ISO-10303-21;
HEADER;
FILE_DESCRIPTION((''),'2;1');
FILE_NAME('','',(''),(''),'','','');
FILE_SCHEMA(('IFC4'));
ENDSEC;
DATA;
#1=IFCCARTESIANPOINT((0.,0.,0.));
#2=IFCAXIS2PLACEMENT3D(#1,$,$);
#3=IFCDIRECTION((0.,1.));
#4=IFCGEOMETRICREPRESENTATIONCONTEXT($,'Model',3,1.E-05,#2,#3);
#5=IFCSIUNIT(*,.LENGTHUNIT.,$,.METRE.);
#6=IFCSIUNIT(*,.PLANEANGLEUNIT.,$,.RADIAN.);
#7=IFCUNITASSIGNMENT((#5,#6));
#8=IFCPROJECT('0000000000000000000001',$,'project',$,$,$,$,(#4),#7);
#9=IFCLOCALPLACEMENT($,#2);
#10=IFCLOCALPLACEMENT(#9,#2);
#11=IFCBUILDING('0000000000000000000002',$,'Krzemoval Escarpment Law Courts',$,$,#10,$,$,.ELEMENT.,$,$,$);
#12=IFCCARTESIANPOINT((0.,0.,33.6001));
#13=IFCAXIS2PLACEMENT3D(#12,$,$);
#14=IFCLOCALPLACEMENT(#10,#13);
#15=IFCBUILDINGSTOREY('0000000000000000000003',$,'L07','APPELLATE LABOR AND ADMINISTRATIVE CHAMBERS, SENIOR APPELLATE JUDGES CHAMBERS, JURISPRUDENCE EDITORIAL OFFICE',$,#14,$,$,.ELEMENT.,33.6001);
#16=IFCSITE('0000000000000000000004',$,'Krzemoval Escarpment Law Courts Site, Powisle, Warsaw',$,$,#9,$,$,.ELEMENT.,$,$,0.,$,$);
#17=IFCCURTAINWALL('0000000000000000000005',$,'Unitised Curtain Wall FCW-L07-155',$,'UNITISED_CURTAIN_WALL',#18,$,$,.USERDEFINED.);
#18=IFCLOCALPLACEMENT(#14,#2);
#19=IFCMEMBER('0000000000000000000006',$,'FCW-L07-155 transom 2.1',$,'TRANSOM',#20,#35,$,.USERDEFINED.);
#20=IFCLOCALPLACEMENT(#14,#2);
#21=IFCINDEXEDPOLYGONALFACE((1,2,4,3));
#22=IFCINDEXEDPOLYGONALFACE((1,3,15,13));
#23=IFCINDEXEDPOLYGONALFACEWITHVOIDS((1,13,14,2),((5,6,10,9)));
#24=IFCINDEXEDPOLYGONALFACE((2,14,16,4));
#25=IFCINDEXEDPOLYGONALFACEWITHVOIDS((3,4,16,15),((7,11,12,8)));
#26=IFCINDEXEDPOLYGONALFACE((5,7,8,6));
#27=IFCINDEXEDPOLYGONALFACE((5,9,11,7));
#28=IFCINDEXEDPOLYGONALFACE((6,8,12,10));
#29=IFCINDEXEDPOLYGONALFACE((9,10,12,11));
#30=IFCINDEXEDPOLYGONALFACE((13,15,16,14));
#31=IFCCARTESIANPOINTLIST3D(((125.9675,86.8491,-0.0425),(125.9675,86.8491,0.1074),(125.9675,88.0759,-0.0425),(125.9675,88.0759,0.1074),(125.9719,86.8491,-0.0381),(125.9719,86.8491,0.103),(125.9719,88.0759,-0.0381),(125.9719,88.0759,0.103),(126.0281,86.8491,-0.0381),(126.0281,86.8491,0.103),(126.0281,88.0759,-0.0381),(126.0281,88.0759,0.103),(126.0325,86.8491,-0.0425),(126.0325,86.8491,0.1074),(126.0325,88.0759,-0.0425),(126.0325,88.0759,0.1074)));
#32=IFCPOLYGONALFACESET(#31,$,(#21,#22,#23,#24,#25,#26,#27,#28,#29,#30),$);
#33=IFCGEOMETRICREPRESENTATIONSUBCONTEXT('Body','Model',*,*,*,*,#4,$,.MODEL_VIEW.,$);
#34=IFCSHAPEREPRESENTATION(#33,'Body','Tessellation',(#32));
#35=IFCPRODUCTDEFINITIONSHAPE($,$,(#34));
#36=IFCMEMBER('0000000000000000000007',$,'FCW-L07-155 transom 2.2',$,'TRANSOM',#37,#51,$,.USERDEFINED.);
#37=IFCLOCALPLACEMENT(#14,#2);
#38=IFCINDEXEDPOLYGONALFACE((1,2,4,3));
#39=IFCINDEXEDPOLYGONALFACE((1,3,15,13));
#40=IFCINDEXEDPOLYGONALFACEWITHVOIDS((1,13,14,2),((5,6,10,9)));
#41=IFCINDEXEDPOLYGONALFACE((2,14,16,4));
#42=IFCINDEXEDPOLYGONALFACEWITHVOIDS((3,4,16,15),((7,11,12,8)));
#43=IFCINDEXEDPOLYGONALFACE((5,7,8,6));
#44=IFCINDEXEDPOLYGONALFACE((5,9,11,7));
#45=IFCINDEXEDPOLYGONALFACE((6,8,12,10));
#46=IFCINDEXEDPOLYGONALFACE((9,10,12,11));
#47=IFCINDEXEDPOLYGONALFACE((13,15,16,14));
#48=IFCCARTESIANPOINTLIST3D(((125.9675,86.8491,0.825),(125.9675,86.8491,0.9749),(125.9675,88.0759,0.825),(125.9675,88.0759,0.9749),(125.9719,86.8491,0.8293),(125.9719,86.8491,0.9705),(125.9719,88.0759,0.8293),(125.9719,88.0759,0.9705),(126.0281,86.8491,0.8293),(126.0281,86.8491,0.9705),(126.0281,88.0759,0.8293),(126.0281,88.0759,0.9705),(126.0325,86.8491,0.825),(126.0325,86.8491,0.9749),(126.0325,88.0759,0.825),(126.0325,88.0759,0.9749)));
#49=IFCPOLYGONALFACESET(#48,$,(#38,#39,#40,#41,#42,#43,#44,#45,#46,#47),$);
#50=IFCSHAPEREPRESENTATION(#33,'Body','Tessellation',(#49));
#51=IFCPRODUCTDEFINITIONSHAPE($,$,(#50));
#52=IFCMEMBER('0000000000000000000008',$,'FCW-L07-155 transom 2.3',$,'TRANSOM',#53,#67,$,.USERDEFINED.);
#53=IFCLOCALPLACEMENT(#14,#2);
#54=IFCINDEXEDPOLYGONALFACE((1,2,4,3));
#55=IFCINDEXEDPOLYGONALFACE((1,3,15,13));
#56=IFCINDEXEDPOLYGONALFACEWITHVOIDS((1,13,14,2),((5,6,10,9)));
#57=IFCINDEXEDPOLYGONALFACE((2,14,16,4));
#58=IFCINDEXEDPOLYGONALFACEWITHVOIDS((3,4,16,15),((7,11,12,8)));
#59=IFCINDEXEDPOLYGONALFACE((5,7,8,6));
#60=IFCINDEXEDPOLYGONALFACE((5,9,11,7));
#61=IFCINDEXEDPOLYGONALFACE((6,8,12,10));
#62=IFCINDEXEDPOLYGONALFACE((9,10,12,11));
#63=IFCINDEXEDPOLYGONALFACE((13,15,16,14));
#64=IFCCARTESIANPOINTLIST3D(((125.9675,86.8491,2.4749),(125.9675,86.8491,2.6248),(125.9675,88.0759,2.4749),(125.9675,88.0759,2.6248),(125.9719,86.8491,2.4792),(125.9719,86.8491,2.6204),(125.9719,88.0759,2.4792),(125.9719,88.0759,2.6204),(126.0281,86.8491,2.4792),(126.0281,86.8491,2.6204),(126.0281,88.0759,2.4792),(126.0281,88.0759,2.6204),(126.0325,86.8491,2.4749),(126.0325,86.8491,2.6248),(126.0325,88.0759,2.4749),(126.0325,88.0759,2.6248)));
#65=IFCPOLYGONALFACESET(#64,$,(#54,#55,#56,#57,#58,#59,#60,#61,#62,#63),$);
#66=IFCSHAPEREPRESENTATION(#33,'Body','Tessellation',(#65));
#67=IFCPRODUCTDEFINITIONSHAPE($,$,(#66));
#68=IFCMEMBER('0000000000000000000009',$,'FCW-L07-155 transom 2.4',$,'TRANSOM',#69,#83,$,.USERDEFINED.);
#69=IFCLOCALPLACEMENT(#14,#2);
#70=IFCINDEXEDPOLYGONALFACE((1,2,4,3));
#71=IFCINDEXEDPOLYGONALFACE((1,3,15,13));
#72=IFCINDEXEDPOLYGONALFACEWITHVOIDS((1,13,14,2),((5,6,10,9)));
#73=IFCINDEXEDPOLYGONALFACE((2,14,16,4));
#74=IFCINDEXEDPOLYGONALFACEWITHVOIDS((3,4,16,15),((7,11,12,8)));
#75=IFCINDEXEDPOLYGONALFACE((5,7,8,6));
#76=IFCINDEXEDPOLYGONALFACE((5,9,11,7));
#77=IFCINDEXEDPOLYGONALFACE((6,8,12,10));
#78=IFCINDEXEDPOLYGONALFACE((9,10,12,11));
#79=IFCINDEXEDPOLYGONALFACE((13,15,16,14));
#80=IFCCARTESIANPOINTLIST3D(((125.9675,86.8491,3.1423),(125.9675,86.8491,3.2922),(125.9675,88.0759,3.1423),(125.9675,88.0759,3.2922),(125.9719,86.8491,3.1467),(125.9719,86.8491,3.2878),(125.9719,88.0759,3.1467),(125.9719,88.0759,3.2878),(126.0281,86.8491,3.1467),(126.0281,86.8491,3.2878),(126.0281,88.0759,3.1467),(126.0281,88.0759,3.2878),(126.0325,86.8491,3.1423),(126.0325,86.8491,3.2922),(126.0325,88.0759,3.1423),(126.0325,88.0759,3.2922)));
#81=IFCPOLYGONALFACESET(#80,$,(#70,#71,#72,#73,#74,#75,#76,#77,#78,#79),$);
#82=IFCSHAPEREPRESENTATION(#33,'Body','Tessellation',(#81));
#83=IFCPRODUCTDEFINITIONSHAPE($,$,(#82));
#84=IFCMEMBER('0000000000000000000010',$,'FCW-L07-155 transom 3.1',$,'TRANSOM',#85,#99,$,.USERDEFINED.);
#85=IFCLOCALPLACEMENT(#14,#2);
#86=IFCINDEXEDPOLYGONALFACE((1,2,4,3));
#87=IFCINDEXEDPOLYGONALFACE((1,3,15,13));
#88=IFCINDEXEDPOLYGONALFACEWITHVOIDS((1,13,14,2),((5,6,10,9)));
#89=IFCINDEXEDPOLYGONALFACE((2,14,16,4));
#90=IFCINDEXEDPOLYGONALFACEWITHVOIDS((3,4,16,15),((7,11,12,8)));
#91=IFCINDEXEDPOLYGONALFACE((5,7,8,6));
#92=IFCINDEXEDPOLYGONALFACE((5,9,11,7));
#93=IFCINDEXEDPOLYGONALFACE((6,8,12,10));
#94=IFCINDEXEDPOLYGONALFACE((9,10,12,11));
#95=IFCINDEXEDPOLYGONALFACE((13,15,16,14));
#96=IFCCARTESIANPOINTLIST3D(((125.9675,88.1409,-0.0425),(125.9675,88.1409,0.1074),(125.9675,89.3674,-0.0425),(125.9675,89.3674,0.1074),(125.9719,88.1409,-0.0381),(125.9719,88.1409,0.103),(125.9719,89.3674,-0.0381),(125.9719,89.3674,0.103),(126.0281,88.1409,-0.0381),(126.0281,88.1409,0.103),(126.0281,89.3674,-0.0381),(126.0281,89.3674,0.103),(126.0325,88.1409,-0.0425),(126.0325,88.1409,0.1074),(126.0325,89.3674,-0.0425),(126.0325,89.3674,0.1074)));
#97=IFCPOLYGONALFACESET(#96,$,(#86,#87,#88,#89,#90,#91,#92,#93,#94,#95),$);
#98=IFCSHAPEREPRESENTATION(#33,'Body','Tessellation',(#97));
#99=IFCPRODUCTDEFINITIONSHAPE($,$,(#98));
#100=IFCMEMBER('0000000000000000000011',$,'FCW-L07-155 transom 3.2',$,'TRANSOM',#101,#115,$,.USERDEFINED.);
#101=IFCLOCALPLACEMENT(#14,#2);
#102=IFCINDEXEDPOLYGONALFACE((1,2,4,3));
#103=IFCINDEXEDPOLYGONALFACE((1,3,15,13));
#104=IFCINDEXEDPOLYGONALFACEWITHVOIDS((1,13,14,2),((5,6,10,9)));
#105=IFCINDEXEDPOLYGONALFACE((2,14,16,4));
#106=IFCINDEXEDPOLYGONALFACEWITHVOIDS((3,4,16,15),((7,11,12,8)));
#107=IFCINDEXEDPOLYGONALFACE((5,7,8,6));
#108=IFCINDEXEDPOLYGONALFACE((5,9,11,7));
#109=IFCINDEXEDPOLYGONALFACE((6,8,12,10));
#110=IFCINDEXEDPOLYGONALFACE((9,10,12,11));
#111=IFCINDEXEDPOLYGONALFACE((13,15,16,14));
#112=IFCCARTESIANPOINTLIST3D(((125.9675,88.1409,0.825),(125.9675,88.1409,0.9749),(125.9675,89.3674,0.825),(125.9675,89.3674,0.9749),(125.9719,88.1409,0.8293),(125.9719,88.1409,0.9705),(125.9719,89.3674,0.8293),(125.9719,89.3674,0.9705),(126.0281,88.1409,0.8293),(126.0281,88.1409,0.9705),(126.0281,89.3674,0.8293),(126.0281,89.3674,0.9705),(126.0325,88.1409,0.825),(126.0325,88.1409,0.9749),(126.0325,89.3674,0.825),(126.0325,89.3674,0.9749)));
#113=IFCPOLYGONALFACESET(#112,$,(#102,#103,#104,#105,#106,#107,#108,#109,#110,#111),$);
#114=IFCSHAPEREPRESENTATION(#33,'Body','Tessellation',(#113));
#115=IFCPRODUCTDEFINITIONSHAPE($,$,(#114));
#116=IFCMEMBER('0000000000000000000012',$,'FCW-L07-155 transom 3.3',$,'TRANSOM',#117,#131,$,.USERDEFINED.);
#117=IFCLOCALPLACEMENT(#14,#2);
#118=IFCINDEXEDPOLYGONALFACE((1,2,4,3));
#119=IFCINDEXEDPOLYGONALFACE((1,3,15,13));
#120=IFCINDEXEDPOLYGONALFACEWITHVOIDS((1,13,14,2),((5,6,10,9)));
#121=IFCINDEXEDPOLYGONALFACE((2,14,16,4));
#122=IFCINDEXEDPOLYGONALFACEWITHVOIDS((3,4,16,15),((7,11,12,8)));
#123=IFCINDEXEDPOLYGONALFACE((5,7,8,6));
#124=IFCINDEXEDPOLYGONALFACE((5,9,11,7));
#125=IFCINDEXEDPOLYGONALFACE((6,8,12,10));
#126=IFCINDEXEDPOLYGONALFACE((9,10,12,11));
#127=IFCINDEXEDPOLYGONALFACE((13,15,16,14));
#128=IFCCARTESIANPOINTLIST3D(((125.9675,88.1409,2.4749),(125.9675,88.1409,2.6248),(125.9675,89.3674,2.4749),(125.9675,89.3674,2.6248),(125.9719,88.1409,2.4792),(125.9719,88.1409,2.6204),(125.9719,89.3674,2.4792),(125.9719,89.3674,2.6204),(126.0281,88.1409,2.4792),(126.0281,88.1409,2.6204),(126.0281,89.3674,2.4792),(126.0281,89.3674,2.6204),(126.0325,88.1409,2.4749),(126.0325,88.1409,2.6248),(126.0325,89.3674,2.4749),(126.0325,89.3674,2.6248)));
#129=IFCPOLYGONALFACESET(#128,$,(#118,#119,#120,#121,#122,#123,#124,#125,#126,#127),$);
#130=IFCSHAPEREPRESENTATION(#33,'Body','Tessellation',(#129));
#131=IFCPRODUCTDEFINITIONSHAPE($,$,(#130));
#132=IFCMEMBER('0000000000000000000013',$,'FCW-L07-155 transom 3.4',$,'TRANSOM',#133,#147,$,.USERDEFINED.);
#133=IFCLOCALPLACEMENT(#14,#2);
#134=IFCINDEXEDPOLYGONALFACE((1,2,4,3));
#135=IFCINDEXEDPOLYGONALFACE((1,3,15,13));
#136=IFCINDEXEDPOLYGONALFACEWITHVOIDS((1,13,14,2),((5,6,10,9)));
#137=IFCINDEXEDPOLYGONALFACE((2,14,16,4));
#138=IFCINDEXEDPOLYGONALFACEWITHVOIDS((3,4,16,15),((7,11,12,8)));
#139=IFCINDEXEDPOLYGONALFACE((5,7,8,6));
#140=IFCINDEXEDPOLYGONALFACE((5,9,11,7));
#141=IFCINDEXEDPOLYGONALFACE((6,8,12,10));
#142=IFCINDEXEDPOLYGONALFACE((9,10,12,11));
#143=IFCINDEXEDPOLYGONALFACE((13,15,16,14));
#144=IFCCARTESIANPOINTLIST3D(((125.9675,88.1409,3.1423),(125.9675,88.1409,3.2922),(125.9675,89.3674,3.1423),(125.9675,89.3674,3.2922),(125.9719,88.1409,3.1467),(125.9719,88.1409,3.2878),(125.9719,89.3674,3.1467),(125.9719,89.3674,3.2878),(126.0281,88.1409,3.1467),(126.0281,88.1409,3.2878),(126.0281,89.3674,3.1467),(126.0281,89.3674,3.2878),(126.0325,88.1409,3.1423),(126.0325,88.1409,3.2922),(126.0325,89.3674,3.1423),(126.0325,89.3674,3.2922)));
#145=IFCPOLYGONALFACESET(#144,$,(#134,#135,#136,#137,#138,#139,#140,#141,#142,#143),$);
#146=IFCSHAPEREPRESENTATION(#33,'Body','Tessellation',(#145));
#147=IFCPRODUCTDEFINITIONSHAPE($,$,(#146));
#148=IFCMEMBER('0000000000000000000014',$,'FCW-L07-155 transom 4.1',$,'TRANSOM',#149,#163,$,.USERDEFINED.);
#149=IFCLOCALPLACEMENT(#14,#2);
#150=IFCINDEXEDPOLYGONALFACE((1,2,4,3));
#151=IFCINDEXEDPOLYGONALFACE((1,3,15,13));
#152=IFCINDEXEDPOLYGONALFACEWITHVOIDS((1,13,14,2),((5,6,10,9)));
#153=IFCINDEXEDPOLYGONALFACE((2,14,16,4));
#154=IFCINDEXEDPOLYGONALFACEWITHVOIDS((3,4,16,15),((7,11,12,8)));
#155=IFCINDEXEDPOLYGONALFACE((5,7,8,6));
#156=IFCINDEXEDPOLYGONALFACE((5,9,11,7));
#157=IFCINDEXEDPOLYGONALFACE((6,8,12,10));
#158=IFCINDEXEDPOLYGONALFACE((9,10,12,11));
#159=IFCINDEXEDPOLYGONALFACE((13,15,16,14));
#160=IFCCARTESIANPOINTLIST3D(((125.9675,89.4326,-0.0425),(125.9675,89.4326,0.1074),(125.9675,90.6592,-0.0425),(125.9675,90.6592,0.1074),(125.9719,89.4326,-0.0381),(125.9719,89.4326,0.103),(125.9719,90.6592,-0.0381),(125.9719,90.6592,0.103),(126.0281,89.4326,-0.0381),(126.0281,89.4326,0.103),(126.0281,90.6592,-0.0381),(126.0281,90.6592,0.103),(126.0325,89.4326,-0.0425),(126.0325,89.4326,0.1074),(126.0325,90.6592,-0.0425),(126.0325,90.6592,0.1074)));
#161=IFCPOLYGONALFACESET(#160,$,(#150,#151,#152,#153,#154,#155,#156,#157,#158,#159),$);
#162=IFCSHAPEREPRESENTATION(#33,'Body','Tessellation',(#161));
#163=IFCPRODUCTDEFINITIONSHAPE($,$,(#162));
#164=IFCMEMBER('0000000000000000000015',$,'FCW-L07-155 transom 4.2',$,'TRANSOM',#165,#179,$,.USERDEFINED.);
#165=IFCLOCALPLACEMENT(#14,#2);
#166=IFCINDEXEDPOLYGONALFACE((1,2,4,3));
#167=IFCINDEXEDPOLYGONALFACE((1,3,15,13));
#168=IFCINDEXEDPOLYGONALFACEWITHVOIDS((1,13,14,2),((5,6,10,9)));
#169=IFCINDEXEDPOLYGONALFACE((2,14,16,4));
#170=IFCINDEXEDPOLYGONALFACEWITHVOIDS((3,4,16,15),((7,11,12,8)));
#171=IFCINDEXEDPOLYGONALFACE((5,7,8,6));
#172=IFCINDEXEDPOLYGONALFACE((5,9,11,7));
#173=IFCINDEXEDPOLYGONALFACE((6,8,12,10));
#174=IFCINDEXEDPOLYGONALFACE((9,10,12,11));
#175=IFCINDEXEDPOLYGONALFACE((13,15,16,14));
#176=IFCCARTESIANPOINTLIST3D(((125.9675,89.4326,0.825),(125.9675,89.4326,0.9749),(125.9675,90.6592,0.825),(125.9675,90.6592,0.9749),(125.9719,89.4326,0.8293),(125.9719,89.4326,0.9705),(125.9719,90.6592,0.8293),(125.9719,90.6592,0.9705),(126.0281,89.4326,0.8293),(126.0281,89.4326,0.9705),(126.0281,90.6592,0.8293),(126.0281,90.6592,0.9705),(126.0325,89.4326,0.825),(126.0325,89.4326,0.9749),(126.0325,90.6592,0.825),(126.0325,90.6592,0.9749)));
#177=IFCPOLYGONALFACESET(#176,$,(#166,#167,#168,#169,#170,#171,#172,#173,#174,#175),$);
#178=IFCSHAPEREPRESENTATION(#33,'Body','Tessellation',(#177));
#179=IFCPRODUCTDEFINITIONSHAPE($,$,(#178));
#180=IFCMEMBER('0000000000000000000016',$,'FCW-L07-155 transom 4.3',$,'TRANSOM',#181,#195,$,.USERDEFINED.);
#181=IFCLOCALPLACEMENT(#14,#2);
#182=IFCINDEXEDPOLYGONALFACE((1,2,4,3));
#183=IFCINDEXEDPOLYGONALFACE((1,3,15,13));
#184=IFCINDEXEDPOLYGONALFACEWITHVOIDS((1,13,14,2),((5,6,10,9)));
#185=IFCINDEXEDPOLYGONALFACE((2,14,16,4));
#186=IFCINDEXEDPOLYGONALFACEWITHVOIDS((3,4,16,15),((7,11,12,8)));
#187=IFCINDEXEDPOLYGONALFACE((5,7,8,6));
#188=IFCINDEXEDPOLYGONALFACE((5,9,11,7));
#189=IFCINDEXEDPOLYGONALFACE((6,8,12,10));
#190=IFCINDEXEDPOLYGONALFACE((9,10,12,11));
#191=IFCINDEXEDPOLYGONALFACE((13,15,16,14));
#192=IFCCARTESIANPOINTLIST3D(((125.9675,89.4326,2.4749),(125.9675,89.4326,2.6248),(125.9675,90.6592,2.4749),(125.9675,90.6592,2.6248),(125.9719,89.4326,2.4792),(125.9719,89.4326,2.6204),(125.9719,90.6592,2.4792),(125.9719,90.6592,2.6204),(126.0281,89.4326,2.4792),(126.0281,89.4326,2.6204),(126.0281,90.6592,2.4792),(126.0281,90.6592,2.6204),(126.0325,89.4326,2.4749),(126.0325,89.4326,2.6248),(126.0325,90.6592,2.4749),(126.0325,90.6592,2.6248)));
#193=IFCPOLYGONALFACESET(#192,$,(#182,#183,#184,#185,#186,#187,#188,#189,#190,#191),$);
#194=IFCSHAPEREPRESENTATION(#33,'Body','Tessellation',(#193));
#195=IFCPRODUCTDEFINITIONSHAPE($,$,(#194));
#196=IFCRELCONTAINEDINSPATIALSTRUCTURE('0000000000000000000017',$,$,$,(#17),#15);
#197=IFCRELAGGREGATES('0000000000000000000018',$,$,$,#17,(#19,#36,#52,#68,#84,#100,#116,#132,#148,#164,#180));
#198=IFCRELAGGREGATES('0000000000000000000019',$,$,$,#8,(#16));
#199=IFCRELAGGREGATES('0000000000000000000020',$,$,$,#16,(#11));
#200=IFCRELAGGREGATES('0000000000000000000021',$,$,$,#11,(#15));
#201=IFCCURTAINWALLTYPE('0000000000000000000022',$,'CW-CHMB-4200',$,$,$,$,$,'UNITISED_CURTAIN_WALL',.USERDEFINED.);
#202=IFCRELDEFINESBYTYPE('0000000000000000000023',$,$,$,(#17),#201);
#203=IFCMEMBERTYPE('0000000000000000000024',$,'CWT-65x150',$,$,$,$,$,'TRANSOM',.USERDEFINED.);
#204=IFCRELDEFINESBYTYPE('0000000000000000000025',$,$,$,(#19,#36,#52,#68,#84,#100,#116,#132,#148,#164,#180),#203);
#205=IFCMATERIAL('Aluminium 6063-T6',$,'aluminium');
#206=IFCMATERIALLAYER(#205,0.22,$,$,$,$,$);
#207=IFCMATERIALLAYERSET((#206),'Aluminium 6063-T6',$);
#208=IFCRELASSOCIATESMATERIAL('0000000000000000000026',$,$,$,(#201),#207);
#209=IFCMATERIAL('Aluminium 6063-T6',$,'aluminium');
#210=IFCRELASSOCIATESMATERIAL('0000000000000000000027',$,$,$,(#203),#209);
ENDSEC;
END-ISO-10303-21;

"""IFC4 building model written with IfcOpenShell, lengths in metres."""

from ifc_helpers import new_model, si_unit, direction, frame, origin, origin_2d, place, context, subcontext, project, spatial, hollow_rectangle, extrude, material, layer, layer_set, material_profile, profile_set, type_object, element, aggregate, save


model = new_model("IFC4")

# Units and contexts
model_context = context("Model", 3, precision=1e-05, world=origin(), true_north=direction((0.0, 1.0)))
body_context = subcontext(model_context, "Body", "Model", "MODEL_VIEW")
ifc_project = project(units=[si_unit("LENGTHUNIT", "METRE"), si_unit("PLANEANGLEUNIT", "RADIAN")], contexts=[model_context])

# Site, building, storey
site_placement = place(None, origin())
site = spatial("IfcSite", under=ifc_project, at=site_placement, Name="Krzemoval Escarpment Law Courts Site, Powisle, Warsaw", CompositionType="ELEMENT", RefElevation=0.0)
building_placement = place(site_placement, origin())
building = spatial("IfcBuilding", under=site, at=building_placement, Name="Krzemoval Escarpment Law Courts", CompositionType="ELEMENT")
storey_placement = place(building_placement, frame((0.0, 0.0, 33.6001)))
storey = spatial("IfcBuildingStorey", under=building, at=storey_placement, Name="L07", Description="APPELLATE LABOR AND ADMINISTRATIVE CHAMBERS, SENIOR APPELLATE JUDGES CHAMBERS, JURISPRUDENCE EDITORIAL OFFICE", CompositionType="ELEMENT", Elevation=33.6001)

# Curtain wall, members
ifc_material_1 = material(Name="Aluminium 6063-T6", Category="aluminium")
ifc_layer_1 = layer(ifc_material_1, 0.22)
ifc_layer_set_1 = layer_set([ifc_layer_1], Name="Aluminium 6063-T6")
curtain_wall_type = type_object("IfcCurtainWallType", Name="CW-CHMB-4200", ElementType="UNITISED_CURTAIN_WALL", PredefinedType="USERDEFINED", material=ifc_layer_set_1)
curtain_wall_placement = place(storey_placement, origin())
curtain_wall = element("IfcCurtainWall", 1, at=curtain_wall_placement, inside=storey, type_object=curtain_wall_type, Name="Unitised Curtain Wall FCW-L07-155", ObjectType="UNITISED_CURTAIN_WALL", PredefinedType="USERDEFINED")
ifc_material_2 = material(Name="Aluminium 6063-T6", Category="aluminium")
ifc_material_profile = material_profile(ifc_material_2, hollow_rectangle(XDim=0.0649, YDim=0.1499, WallThickness=0.0044, at=origin_2d()), Name="ALU T65x150")
ifc_profile_set = profile_set([ifc_material_profile], Name="Aluminium 6063-T6")
member_type = type_object("IfcMemberType", Name="CWT-65x150", ElementType="TRANSOM", PredefinedType="USERDEFINED", material=ifc_profile_set)
member_1_placement = place(storey_placement, frame((126.0, 86.8491, 0.0325), z_axis=(0.0, 1.0, 0.0), x_axis=(-1.0, 0.0, 0.0)))
member_1 = element("IfcMember", 2, at=member_1_placement, type_object=member_type, Name="FCW-L07-155 transom 2.1", ObjectType="TRANSOM", PredefinedType="USERDEFINED", context=body_context, shape_type="SweptSolid", body=[
    extrude(hollow_rectangle(XDim=0.0649, YDim=0.1499, WallThickness=0.0044, at=origin_2d()), origin(), (0.0, 0.0, 1.0), 1.2268),
])
member_2_placement = place(storey_placement, frame((126.0, 86.8491, 0.8999), z_axis=(0.0, 1.0, 0.0), x_axis=(-1.0, 0.0, 0.0)))
member_2 = element("IfcMember", 3, at=member_2_placement, type_object=member_type, Name="FCW-L07-155 transom 2.2", ObjectType="TRANSOM", PredefinedType="USERDEFINED", context=body_context, shape_type="SweptSolid", body=[
    extrude(hollow_rectangle(XDim=0.0649, YDim=0.1499, WallThickness=0.0044, at=origin_2d()), origin(), (0.0, 0.0, 1.0), 1.2268),
])
member_3_placement = place(storey_placement, frame((126.0, 86.8491, 2.5498), z_axis=(0.0, 1.0, 0.0), x_axis=(-1.0, 0.0, 0.0)))
member_3 = element("IfcMember", 4, at=member_3_placement, type_object=member_type, Name="FCW-L07-155 transom 2.3", ObjectType="TRANSOM", PredefinedType="USERDEFINED", context=body_context, shape_type="SweptSolid", body=[
    extrude(hollow_rectangle(XDim=0.0649, YDim=0.1499, WallThickness=0.0044, at=origin_2d()), origin(), (0.0, 0.0, 1.0), 1.2268),
])
member_4_placement = place(storey_placement, frame((126.0, 86.8491, 3.2173), z_axis=(0.0, 1.0, 0.0), x_axis=(-1.0, 0.0, 0.0)))
member_4 = element("IfcMember", 5, at=member_4_placement, type_object=member_type, Name="FCW-L07-155 transom 2.4", ObjectType="TRANSOM", PredefinedType="USERDEFINED", context=body_context, shape_type="SweptSolid", body=[
    extrude(hollow_rectangle(XDim=0.0649, YDim=0.1499, WallThickness=0.0044, at=origin_2d()), origin(), (0.0, 0.0, 1.0), 1.2268),
])
member_5_placement = place(storey_placement, frame((126.0, 88.1409, 0.0325), z_axis=(0.0, 1.0, 0.0), x_axis=(-1.0, 0.0, 0.0)))
member_5 = element("IfcMember", 6, at=member_5_placement, type_object=member_type, Name="FCW-L07-155 transom 3.1", ObjectType="TRANSOM", PredefinedType="USERDEFINED", context=body_context, shape_type="SweptSolid", body=[
    extrude(hollow_rectangle(XDim=0.0649, YDim=0.1499, WallThickness=0.0044, at=origin_2d()), origin(), (0.0, 0.0, 1.0), 1.2266),
])
member_6_placement = place(storey_placement, frame((126.0, 88.1409, 0.8999), z_axis=(0.0, 1.0, 0.0), x_axis=(-1.0, 0.0, 0.0)))
member_6 = element("IfcMember", 7, at=member_6_placement, type_object=member_type, Name="FCW-L07-155 transom 3.2", ObjectType="TRANSOM", PredefinedType="USERDEFINED", context=body_context, shape_type="SweptSolid", body=[
    extrude(hollow_rectangle(XDim=0.0649, YDim=0.1499, WallThickness=0.0044, at=origin_2d()), origin(), (0.0, 0.0, 1.0), 1.2266),
])
member_7_placement = place(storey_placement, frame((126.0, 88.1409, 2.5498), z_axis=(0.0, 1.0, 0.0), x_axis=(-1.0, 0.0, 0.0)))
member_7 = element("IfcMember", 8, at=member_7_placement, type_object=member_type, Name="FCW-L07-155 transom 3.3", ObjectType="TRANSOM", PredefinedType="USERDEFINED", context=body_context, shape_type="SweptSolid", body=[
    extrude(hollow_rectangle(XDim=0.0649, YDim=0.1499, WallThickness=0.0044, at=origin_2d()), origin(), (0.0, 0.0, 1.0), 1.2266),
])
member_8_placement = place(storey_placement, frame((126.0, 88.1409, 3.2173), z_axis=(0.0, 1.0, 0.0), x_axis=(-1.0, 0.0, 0.0)))
member_8 = element("IfcMember", 9, at=member_8_placement, type_object=member_type, Name="FCW-L07-155 transom 3.4", ObjectType="TRANSOM", PredefinedType="USERDEFINED", context=body_context, shape_type="SweptSolid", body=[
    extrude(hollow_rectangle(XDim=0.0649, YDim=0.1499, WallThickness=0.0044, at=origin_2d()), origin(), (0.0, 0.0, 1.0), 1.2266),
])
member_9_placement = place(storey_placement, frame((126.0, 89.4326, 0.0325), z_axis=(0.0, 1.0, 0.0), x_axis=(-1.0, 0.0, 0.0)))
member_9 = element("IfcMember", 10, at=member_9_placement, type_object=member_type, Name="FCW-L07-155 transom 4.1", ObjectType="TRANSOM", PredefinedType="USERDEFINED", context=body_context, shape_type="SweptSolid", body=[
    extrude(hollow_rectangle(XDim=0.0649, YDim=0.1499, WallThickness=0.0044, at=origin_2d()), origin(), (0.0, 0.0, 1.0), 1.2266),
])
member_10_placement = place(storey_placement, frame((126.0, 89.4326, 0.8999), z_axis=(0.0, 1.0, 0.0), x_axis=(-1.0, 0.0, 0.0)))
member_10 = element("IfcMember", 11, at=member_10_placement, type_object=member_type, Name="FCW-L07-155 transom 4.2", ObjectType="TRANSOM", PredefinedType="USERDEFINED", context=body_context, shape_type="SweptSolid", body=[
    extrude(hollow_rectangle(XDim=0.0649, YDim=0.1499, WallThickness=0.0044, at=origin_2d()), origin(), (0.0, 0.0, 1.0), 1.2266),
])
member_11_placement = place(storey_placement, frame((126.0, 89.4326, 2.5498), z_axis=(0.0, 1.0, 0.0), x_axis=(-1.0, 0.0, 0.0)))
member_11 = element("IfcMember", 12, at=member_11_placement, type_object=member_type, Name="FCW-L07-155 transom 4.3", ObjectType="TRANSOM", PredefinedType="USERDEFINED", context=body_context, shape_type="SweptSolid", body=[
    extrude(hollow_rectangle(XDim=0.0649, YDim=0.1499, WallThickness=0.0044, at=origin_2d()), origin(), (0.0, 0.0, 1.0), 1.2266),
])
aggregate(curtain_wall, [member_1, member_2, member_3, member_4, member_5, member_6, member_7, member_8, member_9, member_10, member_11])

save(model, "model.ifc")
